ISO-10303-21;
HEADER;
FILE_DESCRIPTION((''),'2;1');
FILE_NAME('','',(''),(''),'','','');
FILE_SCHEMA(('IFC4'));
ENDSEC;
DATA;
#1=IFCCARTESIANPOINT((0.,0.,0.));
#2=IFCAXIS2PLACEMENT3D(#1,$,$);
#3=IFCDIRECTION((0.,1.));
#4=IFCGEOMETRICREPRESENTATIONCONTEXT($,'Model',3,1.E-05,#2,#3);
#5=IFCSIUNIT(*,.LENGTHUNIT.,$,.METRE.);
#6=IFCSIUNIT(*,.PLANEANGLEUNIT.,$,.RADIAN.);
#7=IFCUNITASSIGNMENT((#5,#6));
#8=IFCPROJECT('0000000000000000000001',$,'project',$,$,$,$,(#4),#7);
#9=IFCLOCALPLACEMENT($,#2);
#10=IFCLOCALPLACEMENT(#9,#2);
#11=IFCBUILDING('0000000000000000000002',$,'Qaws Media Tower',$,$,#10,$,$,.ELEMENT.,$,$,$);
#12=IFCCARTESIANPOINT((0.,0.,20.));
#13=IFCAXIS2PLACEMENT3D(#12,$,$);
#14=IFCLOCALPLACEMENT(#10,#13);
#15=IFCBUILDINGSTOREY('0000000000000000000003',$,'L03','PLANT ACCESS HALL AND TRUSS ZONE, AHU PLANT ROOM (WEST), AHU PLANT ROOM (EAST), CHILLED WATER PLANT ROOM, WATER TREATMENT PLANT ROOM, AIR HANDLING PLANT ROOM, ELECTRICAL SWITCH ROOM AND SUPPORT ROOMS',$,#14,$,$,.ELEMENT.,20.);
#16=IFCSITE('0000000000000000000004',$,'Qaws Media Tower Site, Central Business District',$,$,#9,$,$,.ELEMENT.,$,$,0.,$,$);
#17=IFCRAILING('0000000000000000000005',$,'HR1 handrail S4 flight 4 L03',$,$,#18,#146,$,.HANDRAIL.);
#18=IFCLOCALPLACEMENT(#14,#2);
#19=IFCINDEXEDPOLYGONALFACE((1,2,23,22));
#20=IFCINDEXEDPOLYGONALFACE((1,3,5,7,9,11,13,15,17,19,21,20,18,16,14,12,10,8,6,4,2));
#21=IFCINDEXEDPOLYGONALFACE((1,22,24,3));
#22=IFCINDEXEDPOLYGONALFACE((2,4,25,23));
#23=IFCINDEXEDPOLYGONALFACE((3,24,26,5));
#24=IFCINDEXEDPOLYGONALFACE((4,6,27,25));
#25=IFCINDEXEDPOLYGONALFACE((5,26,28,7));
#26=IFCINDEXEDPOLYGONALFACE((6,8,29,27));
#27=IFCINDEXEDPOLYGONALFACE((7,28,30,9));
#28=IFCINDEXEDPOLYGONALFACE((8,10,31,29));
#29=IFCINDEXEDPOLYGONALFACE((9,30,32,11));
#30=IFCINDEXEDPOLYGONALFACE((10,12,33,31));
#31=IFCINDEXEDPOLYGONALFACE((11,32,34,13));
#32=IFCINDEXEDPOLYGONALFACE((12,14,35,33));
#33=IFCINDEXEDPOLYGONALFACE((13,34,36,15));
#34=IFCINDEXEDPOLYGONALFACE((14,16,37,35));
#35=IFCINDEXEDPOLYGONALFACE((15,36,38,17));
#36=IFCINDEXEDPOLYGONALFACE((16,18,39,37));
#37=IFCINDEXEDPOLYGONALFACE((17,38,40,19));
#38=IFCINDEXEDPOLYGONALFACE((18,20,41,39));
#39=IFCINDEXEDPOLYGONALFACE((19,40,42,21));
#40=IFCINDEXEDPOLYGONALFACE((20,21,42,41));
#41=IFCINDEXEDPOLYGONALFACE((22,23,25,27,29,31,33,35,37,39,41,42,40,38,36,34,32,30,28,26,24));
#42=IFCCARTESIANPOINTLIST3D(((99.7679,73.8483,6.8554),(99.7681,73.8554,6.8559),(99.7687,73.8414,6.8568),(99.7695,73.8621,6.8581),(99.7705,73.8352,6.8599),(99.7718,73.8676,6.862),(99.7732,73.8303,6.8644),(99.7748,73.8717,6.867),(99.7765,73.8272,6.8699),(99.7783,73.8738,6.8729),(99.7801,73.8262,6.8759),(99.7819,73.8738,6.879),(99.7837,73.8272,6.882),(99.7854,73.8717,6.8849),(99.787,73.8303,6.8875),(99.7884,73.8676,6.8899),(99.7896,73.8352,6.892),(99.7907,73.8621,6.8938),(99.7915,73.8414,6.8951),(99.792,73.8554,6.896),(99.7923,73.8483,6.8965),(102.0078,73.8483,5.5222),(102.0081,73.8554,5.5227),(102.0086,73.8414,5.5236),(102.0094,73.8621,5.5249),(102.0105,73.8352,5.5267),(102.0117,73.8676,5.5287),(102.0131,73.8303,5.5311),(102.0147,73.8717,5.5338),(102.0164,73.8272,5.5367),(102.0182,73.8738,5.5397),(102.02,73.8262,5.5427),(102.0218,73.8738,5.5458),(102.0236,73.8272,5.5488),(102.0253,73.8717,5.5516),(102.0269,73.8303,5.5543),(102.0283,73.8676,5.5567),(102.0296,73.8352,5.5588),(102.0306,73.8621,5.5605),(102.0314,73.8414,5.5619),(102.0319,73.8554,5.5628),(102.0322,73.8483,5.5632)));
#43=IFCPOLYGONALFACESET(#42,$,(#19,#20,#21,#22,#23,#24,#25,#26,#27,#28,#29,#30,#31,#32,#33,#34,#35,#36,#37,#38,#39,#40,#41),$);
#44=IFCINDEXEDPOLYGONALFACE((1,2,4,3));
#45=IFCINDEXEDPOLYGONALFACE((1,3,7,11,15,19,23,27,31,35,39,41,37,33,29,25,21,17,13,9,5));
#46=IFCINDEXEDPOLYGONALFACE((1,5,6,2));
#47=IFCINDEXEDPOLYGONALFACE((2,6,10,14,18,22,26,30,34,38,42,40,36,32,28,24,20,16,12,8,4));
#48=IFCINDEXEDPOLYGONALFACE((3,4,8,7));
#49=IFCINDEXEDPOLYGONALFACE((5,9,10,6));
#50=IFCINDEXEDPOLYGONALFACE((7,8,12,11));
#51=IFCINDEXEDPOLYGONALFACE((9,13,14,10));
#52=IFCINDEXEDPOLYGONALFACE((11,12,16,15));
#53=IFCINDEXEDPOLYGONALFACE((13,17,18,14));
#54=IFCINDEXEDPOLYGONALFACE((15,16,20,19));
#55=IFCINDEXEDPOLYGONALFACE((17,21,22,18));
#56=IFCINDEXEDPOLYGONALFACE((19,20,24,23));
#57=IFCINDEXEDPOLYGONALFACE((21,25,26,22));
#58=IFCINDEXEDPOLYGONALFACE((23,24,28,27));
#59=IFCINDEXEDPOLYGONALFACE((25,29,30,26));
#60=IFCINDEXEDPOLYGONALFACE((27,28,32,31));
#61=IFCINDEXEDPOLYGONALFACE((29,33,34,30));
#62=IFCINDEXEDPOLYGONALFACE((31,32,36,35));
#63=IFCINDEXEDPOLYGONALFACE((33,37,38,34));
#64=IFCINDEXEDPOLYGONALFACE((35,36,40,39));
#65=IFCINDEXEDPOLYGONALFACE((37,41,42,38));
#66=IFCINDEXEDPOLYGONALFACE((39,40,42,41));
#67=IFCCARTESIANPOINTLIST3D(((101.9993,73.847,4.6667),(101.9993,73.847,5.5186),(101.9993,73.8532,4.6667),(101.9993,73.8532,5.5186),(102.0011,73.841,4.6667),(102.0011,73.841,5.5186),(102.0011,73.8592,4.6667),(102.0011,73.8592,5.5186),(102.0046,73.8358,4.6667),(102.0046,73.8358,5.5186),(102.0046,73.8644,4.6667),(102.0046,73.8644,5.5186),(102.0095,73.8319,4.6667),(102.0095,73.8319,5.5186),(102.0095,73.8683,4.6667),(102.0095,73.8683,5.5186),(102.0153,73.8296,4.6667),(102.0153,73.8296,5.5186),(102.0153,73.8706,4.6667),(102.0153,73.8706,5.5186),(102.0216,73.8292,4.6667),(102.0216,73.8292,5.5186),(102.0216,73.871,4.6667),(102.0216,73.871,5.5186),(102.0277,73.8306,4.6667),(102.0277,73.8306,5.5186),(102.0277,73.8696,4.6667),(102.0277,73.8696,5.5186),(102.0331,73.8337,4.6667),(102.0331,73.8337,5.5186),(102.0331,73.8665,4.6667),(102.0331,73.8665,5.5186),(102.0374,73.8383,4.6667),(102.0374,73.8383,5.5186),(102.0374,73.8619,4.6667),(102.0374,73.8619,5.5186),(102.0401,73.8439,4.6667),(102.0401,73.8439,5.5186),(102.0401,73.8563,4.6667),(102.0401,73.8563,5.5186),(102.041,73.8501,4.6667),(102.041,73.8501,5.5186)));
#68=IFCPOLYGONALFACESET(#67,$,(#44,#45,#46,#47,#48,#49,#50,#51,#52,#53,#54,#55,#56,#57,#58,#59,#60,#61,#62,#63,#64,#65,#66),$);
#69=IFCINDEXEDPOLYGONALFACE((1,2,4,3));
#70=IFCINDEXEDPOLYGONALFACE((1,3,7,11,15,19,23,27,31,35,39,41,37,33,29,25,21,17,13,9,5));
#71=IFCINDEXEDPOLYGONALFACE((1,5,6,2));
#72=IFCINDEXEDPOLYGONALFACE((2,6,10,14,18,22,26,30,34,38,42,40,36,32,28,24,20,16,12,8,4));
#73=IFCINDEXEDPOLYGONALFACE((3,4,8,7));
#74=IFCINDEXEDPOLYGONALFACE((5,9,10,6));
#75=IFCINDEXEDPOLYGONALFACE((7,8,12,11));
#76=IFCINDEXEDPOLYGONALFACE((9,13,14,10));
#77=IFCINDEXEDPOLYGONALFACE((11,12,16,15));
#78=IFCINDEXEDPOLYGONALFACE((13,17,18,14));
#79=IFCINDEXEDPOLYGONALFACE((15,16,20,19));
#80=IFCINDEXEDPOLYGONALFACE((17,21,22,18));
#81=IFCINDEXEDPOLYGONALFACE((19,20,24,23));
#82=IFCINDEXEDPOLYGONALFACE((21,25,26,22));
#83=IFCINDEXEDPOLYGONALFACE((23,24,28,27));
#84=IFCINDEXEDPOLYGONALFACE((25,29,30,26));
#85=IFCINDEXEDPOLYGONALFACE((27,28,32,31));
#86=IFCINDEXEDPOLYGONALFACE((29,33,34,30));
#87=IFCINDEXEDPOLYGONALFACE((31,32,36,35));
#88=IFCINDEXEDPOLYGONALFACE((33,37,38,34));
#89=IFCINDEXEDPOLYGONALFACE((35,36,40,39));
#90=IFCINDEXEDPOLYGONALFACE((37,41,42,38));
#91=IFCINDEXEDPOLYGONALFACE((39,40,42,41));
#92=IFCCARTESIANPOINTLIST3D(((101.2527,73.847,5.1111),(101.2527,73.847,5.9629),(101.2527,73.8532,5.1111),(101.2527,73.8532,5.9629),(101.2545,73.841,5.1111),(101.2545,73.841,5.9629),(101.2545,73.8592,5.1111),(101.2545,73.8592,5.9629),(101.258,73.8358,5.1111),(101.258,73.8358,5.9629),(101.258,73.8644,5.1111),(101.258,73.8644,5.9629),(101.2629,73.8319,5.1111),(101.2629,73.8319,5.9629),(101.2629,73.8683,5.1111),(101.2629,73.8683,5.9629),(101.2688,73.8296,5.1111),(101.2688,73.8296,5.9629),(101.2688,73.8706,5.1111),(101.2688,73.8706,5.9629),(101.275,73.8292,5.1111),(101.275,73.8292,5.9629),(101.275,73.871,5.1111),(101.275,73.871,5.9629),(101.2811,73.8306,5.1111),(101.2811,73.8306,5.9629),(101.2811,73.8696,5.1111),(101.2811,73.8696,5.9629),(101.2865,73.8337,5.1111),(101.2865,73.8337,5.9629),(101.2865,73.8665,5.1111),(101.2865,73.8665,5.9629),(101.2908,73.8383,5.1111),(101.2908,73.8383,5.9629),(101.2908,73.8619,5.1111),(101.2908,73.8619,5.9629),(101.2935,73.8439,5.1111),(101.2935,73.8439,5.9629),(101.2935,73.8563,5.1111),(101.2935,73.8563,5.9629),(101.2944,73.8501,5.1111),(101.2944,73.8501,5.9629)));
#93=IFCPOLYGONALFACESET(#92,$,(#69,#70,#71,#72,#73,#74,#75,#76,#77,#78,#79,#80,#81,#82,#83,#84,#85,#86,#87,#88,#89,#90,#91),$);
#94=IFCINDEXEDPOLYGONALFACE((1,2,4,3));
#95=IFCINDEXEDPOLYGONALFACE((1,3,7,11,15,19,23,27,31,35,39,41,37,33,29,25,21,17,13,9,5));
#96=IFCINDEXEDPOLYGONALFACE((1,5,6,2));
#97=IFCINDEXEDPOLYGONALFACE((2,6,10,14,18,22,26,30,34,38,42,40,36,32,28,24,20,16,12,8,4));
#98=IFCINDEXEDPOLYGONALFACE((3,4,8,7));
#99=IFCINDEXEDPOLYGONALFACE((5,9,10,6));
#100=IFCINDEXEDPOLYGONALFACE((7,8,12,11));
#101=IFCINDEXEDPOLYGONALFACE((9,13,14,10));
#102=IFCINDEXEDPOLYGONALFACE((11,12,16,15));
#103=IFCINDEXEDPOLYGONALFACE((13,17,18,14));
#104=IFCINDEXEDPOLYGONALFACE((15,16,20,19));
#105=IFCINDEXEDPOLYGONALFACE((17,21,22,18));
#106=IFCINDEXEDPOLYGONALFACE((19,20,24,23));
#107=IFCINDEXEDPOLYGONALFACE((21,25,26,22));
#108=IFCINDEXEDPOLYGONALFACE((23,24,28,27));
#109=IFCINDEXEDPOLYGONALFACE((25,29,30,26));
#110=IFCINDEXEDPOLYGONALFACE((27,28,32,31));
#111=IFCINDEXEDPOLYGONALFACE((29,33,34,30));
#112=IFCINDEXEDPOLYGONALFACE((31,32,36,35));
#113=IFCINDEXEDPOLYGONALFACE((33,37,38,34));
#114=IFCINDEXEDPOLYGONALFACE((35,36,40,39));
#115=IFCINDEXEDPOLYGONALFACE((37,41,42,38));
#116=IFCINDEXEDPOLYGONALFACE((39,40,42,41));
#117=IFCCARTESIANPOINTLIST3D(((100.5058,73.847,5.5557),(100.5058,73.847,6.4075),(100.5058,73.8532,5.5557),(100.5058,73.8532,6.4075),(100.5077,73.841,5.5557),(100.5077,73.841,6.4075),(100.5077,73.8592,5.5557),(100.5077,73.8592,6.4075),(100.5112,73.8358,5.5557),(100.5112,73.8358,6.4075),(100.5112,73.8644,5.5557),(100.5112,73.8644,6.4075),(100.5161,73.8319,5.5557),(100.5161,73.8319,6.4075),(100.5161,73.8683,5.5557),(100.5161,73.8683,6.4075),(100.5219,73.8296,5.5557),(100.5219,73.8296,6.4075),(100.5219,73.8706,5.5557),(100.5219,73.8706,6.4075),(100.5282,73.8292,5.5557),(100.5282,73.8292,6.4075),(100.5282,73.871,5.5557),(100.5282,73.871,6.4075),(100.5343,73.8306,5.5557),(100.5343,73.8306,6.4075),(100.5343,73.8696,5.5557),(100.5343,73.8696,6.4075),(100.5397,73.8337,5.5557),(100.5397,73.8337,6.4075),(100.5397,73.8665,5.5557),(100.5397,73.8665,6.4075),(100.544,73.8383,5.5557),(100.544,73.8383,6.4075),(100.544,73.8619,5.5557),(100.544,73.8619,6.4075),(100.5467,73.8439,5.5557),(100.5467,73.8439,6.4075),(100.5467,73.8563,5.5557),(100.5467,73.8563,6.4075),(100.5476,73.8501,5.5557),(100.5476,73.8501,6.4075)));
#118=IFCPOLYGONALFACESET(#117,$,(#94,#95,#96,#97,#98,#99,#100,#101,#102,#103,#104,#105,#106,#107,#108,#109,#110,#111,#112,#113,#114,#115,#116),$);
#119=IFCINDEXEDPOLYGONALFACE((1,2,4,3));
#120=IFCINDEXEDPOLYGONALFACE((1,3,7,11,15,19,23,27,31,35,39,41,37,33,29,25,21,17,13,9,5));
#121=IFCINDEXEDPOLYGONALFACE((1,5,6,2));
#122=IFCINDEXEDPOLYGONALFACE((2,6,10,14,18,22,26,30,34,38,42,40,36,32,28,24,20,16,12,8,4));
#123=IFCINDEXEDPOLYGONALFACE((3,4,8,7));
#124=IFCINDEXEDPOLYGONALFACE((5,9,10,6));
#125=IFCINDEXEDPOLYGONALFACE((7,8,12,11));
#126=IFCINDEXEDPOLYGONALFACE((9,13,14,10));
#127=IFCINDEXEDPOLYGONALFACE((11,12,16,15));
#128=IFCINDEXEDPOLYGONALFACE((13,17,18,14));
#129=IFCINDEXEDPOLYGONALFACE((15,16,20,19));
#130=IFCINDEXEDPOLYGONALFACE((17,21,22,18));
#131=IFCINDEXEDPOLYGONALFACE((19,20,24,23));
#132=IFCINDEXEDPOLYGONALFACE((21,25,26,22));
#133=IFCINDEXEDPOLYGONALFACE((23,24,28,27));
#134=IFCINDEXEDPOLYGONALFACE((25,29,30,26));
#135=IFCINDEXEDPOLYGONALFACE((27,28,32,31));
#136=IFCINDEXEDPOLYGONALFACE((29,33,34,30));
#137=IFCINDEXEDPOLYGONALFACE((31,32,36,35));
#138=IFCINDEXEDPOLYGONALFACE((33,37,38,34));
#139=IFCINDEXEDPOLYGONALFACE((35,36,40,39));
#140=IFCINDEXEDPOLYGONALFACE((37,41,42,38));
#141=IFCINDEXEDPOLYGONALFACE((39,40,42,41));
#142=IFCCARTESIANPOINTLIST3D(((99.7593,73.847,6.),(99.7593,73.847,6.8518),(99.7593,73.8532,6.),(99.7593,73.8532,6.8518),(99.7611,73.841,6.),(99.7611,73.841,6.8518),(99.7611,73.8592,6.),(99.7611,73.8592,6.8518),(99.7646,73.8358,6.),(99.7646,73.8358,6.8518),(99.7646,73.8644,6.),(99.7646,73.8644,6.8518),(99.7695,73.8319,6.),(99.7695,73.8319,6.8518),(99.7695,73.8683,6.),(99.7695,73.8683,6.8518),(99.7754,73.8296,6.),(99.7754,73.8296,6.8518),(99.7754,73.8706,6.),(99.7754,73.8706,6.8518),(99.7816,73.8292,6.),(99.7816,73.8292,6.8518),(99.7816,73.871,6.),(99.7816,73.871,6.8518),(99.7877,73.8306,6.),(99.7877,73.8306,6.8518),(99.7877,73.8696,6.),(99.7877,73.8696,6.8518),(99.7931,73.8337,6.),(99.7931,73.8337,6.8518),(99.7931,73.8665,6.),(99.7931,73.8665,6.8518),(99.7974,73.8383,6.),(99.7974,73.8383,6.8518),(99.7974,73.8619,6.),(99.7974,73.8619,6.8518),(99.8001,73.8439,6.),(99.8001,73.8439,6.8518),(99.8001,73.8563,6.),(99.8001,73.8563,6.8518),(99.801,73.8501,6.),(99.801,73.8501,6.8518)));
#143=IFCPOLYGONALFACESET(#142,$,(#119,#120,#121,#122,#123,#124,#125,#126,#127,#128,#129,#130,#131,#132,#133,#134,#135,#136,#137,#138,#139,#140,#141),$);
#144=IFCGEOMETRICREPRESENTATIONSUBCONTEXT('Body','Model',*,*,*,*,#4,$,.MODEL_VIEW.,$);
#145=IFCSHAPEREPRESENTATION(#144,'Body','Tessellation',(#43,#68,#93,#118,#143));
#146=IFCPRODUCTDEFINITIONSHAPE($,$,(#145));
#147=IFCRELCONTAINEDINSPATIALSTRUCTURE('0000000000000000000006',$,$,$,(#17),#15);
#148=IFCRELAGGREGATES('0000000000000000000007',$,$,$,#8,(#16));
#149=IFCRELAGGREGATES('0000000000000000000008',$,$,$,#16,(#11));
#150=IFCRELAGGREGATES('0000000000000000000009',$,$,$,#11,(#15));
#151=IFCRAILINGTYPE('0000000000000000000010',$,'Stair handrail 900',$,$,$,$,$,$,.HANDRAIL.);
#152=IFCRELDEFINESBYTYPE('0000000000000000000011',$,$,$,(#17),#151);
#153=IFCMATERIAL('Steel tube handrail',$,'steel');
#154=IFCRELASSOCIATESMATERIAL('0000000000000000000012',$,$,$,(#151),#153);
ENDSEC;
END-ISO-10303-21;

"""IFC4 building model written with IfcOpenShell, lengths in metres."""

from ifc_helpers import new_model, si_unit, direction, frame, origin, origin_2d, place, context, subcontext, project, spatial, circle, extrude, material, type_object, element, save


model = new_model("IFC4")

# Units and contexts
model_context = context("Model", 3, precision=1e-05, world=origin(), true_north=direction((0.0, 1.0)))
body_context = subcontext(model_context, "Body", "Model", "MODEL_VIEW")
ifc_project = project(units=[si_unit("LENGTHUNIT", "METRE"), si_unit("PLANEANGLEUNIT", "RADIAN")], contexts=[model_context])

# Site, building, storey
site_placement = place(None, origin())
site = spatial("IfcSite", under=ifc_project, at=site_placement, Name="Qaws Media Tower Site, Central Business District", CompositionType="ELEMENT", RefElevation=0.0)
building_placement = place(site_placement, origin())
building = spatial("IfcBuilding", under=site, at=building_placement, Name="Qaws Media Tower", CompositionType="ELEMENT")
storey_placement = place(building_placement, frame((0.0, 0.0, 20.0)))
storey = spatial("IfcBuildingStorey", under=building, at=storey_placement, Name="L03", Description="PLANT ACCESS HALL AND TRUSS ZONE, AHU PLANT ROOM (WEST), AHU PLANT ROOM (EAST), CHILLED WATER PLANT ROOM, WATER TREATMENT PLANT ROOM, AIR HANDLING PLANT ROOM, ELECTRICAL SWITCH ROOM AND SUPPORT ROOMS", CompositionType="ELEMENT", Elevation=20.0)

# Railing
ifc_material_1 = material(Name="Steel tube handrail", Category="steel")
railing_type_1 = type_object("IfcRailingType", Name="Stair handrail 900", PredefinedType="HANDRAIL", material=ifc_material_1)
for number, where, name in (
    (1, (102.02, 73.8501, 4.6667), "HR1 handrail S4 flight 4 L03"),
):
    element("IfcRailing", number, at=place(storey_placement, frame(where)), inside=storey, type_object=railing_type_1, Name=name, PredefinedType="HANDRAIL", context=body_context, shape_type="SweptSolid", body=[
        extrude(circle(Radius=0.0239, at=origin_2d()), frame((0.0, 0.0, 0.876), z_axis=(-0.859306, 0.0, 0.511462), x_axis=(0.0, -1.0, 0.0)), (0.0, 0.0, 1.0), 2.6067),
        extrude(circle(Radius=0.021, at=origin_2d()), origin(), (0.0, 0.0, 1.0), 0.8518),
        extrude(circle(Radius=0.021, at=origin_2d()), frame((-0.7466, 0.0, 0.4443)), (0.0, 0.0, 1.0), 0.8518),
        extrude(circle(Radius=0.021, at=origin_2d()), frame((-1.4934, 0.0, 0.8889)), (0.0, 0.0, 1.0), 0.8518),
        extrude(circle(Radius=0.021, at=origin_2d()), frame((-2.24, 0.0, 1.3333)), (0.0, 0.0, 1.0), 0.8518),
    ])

save(model, "model.ifc")
